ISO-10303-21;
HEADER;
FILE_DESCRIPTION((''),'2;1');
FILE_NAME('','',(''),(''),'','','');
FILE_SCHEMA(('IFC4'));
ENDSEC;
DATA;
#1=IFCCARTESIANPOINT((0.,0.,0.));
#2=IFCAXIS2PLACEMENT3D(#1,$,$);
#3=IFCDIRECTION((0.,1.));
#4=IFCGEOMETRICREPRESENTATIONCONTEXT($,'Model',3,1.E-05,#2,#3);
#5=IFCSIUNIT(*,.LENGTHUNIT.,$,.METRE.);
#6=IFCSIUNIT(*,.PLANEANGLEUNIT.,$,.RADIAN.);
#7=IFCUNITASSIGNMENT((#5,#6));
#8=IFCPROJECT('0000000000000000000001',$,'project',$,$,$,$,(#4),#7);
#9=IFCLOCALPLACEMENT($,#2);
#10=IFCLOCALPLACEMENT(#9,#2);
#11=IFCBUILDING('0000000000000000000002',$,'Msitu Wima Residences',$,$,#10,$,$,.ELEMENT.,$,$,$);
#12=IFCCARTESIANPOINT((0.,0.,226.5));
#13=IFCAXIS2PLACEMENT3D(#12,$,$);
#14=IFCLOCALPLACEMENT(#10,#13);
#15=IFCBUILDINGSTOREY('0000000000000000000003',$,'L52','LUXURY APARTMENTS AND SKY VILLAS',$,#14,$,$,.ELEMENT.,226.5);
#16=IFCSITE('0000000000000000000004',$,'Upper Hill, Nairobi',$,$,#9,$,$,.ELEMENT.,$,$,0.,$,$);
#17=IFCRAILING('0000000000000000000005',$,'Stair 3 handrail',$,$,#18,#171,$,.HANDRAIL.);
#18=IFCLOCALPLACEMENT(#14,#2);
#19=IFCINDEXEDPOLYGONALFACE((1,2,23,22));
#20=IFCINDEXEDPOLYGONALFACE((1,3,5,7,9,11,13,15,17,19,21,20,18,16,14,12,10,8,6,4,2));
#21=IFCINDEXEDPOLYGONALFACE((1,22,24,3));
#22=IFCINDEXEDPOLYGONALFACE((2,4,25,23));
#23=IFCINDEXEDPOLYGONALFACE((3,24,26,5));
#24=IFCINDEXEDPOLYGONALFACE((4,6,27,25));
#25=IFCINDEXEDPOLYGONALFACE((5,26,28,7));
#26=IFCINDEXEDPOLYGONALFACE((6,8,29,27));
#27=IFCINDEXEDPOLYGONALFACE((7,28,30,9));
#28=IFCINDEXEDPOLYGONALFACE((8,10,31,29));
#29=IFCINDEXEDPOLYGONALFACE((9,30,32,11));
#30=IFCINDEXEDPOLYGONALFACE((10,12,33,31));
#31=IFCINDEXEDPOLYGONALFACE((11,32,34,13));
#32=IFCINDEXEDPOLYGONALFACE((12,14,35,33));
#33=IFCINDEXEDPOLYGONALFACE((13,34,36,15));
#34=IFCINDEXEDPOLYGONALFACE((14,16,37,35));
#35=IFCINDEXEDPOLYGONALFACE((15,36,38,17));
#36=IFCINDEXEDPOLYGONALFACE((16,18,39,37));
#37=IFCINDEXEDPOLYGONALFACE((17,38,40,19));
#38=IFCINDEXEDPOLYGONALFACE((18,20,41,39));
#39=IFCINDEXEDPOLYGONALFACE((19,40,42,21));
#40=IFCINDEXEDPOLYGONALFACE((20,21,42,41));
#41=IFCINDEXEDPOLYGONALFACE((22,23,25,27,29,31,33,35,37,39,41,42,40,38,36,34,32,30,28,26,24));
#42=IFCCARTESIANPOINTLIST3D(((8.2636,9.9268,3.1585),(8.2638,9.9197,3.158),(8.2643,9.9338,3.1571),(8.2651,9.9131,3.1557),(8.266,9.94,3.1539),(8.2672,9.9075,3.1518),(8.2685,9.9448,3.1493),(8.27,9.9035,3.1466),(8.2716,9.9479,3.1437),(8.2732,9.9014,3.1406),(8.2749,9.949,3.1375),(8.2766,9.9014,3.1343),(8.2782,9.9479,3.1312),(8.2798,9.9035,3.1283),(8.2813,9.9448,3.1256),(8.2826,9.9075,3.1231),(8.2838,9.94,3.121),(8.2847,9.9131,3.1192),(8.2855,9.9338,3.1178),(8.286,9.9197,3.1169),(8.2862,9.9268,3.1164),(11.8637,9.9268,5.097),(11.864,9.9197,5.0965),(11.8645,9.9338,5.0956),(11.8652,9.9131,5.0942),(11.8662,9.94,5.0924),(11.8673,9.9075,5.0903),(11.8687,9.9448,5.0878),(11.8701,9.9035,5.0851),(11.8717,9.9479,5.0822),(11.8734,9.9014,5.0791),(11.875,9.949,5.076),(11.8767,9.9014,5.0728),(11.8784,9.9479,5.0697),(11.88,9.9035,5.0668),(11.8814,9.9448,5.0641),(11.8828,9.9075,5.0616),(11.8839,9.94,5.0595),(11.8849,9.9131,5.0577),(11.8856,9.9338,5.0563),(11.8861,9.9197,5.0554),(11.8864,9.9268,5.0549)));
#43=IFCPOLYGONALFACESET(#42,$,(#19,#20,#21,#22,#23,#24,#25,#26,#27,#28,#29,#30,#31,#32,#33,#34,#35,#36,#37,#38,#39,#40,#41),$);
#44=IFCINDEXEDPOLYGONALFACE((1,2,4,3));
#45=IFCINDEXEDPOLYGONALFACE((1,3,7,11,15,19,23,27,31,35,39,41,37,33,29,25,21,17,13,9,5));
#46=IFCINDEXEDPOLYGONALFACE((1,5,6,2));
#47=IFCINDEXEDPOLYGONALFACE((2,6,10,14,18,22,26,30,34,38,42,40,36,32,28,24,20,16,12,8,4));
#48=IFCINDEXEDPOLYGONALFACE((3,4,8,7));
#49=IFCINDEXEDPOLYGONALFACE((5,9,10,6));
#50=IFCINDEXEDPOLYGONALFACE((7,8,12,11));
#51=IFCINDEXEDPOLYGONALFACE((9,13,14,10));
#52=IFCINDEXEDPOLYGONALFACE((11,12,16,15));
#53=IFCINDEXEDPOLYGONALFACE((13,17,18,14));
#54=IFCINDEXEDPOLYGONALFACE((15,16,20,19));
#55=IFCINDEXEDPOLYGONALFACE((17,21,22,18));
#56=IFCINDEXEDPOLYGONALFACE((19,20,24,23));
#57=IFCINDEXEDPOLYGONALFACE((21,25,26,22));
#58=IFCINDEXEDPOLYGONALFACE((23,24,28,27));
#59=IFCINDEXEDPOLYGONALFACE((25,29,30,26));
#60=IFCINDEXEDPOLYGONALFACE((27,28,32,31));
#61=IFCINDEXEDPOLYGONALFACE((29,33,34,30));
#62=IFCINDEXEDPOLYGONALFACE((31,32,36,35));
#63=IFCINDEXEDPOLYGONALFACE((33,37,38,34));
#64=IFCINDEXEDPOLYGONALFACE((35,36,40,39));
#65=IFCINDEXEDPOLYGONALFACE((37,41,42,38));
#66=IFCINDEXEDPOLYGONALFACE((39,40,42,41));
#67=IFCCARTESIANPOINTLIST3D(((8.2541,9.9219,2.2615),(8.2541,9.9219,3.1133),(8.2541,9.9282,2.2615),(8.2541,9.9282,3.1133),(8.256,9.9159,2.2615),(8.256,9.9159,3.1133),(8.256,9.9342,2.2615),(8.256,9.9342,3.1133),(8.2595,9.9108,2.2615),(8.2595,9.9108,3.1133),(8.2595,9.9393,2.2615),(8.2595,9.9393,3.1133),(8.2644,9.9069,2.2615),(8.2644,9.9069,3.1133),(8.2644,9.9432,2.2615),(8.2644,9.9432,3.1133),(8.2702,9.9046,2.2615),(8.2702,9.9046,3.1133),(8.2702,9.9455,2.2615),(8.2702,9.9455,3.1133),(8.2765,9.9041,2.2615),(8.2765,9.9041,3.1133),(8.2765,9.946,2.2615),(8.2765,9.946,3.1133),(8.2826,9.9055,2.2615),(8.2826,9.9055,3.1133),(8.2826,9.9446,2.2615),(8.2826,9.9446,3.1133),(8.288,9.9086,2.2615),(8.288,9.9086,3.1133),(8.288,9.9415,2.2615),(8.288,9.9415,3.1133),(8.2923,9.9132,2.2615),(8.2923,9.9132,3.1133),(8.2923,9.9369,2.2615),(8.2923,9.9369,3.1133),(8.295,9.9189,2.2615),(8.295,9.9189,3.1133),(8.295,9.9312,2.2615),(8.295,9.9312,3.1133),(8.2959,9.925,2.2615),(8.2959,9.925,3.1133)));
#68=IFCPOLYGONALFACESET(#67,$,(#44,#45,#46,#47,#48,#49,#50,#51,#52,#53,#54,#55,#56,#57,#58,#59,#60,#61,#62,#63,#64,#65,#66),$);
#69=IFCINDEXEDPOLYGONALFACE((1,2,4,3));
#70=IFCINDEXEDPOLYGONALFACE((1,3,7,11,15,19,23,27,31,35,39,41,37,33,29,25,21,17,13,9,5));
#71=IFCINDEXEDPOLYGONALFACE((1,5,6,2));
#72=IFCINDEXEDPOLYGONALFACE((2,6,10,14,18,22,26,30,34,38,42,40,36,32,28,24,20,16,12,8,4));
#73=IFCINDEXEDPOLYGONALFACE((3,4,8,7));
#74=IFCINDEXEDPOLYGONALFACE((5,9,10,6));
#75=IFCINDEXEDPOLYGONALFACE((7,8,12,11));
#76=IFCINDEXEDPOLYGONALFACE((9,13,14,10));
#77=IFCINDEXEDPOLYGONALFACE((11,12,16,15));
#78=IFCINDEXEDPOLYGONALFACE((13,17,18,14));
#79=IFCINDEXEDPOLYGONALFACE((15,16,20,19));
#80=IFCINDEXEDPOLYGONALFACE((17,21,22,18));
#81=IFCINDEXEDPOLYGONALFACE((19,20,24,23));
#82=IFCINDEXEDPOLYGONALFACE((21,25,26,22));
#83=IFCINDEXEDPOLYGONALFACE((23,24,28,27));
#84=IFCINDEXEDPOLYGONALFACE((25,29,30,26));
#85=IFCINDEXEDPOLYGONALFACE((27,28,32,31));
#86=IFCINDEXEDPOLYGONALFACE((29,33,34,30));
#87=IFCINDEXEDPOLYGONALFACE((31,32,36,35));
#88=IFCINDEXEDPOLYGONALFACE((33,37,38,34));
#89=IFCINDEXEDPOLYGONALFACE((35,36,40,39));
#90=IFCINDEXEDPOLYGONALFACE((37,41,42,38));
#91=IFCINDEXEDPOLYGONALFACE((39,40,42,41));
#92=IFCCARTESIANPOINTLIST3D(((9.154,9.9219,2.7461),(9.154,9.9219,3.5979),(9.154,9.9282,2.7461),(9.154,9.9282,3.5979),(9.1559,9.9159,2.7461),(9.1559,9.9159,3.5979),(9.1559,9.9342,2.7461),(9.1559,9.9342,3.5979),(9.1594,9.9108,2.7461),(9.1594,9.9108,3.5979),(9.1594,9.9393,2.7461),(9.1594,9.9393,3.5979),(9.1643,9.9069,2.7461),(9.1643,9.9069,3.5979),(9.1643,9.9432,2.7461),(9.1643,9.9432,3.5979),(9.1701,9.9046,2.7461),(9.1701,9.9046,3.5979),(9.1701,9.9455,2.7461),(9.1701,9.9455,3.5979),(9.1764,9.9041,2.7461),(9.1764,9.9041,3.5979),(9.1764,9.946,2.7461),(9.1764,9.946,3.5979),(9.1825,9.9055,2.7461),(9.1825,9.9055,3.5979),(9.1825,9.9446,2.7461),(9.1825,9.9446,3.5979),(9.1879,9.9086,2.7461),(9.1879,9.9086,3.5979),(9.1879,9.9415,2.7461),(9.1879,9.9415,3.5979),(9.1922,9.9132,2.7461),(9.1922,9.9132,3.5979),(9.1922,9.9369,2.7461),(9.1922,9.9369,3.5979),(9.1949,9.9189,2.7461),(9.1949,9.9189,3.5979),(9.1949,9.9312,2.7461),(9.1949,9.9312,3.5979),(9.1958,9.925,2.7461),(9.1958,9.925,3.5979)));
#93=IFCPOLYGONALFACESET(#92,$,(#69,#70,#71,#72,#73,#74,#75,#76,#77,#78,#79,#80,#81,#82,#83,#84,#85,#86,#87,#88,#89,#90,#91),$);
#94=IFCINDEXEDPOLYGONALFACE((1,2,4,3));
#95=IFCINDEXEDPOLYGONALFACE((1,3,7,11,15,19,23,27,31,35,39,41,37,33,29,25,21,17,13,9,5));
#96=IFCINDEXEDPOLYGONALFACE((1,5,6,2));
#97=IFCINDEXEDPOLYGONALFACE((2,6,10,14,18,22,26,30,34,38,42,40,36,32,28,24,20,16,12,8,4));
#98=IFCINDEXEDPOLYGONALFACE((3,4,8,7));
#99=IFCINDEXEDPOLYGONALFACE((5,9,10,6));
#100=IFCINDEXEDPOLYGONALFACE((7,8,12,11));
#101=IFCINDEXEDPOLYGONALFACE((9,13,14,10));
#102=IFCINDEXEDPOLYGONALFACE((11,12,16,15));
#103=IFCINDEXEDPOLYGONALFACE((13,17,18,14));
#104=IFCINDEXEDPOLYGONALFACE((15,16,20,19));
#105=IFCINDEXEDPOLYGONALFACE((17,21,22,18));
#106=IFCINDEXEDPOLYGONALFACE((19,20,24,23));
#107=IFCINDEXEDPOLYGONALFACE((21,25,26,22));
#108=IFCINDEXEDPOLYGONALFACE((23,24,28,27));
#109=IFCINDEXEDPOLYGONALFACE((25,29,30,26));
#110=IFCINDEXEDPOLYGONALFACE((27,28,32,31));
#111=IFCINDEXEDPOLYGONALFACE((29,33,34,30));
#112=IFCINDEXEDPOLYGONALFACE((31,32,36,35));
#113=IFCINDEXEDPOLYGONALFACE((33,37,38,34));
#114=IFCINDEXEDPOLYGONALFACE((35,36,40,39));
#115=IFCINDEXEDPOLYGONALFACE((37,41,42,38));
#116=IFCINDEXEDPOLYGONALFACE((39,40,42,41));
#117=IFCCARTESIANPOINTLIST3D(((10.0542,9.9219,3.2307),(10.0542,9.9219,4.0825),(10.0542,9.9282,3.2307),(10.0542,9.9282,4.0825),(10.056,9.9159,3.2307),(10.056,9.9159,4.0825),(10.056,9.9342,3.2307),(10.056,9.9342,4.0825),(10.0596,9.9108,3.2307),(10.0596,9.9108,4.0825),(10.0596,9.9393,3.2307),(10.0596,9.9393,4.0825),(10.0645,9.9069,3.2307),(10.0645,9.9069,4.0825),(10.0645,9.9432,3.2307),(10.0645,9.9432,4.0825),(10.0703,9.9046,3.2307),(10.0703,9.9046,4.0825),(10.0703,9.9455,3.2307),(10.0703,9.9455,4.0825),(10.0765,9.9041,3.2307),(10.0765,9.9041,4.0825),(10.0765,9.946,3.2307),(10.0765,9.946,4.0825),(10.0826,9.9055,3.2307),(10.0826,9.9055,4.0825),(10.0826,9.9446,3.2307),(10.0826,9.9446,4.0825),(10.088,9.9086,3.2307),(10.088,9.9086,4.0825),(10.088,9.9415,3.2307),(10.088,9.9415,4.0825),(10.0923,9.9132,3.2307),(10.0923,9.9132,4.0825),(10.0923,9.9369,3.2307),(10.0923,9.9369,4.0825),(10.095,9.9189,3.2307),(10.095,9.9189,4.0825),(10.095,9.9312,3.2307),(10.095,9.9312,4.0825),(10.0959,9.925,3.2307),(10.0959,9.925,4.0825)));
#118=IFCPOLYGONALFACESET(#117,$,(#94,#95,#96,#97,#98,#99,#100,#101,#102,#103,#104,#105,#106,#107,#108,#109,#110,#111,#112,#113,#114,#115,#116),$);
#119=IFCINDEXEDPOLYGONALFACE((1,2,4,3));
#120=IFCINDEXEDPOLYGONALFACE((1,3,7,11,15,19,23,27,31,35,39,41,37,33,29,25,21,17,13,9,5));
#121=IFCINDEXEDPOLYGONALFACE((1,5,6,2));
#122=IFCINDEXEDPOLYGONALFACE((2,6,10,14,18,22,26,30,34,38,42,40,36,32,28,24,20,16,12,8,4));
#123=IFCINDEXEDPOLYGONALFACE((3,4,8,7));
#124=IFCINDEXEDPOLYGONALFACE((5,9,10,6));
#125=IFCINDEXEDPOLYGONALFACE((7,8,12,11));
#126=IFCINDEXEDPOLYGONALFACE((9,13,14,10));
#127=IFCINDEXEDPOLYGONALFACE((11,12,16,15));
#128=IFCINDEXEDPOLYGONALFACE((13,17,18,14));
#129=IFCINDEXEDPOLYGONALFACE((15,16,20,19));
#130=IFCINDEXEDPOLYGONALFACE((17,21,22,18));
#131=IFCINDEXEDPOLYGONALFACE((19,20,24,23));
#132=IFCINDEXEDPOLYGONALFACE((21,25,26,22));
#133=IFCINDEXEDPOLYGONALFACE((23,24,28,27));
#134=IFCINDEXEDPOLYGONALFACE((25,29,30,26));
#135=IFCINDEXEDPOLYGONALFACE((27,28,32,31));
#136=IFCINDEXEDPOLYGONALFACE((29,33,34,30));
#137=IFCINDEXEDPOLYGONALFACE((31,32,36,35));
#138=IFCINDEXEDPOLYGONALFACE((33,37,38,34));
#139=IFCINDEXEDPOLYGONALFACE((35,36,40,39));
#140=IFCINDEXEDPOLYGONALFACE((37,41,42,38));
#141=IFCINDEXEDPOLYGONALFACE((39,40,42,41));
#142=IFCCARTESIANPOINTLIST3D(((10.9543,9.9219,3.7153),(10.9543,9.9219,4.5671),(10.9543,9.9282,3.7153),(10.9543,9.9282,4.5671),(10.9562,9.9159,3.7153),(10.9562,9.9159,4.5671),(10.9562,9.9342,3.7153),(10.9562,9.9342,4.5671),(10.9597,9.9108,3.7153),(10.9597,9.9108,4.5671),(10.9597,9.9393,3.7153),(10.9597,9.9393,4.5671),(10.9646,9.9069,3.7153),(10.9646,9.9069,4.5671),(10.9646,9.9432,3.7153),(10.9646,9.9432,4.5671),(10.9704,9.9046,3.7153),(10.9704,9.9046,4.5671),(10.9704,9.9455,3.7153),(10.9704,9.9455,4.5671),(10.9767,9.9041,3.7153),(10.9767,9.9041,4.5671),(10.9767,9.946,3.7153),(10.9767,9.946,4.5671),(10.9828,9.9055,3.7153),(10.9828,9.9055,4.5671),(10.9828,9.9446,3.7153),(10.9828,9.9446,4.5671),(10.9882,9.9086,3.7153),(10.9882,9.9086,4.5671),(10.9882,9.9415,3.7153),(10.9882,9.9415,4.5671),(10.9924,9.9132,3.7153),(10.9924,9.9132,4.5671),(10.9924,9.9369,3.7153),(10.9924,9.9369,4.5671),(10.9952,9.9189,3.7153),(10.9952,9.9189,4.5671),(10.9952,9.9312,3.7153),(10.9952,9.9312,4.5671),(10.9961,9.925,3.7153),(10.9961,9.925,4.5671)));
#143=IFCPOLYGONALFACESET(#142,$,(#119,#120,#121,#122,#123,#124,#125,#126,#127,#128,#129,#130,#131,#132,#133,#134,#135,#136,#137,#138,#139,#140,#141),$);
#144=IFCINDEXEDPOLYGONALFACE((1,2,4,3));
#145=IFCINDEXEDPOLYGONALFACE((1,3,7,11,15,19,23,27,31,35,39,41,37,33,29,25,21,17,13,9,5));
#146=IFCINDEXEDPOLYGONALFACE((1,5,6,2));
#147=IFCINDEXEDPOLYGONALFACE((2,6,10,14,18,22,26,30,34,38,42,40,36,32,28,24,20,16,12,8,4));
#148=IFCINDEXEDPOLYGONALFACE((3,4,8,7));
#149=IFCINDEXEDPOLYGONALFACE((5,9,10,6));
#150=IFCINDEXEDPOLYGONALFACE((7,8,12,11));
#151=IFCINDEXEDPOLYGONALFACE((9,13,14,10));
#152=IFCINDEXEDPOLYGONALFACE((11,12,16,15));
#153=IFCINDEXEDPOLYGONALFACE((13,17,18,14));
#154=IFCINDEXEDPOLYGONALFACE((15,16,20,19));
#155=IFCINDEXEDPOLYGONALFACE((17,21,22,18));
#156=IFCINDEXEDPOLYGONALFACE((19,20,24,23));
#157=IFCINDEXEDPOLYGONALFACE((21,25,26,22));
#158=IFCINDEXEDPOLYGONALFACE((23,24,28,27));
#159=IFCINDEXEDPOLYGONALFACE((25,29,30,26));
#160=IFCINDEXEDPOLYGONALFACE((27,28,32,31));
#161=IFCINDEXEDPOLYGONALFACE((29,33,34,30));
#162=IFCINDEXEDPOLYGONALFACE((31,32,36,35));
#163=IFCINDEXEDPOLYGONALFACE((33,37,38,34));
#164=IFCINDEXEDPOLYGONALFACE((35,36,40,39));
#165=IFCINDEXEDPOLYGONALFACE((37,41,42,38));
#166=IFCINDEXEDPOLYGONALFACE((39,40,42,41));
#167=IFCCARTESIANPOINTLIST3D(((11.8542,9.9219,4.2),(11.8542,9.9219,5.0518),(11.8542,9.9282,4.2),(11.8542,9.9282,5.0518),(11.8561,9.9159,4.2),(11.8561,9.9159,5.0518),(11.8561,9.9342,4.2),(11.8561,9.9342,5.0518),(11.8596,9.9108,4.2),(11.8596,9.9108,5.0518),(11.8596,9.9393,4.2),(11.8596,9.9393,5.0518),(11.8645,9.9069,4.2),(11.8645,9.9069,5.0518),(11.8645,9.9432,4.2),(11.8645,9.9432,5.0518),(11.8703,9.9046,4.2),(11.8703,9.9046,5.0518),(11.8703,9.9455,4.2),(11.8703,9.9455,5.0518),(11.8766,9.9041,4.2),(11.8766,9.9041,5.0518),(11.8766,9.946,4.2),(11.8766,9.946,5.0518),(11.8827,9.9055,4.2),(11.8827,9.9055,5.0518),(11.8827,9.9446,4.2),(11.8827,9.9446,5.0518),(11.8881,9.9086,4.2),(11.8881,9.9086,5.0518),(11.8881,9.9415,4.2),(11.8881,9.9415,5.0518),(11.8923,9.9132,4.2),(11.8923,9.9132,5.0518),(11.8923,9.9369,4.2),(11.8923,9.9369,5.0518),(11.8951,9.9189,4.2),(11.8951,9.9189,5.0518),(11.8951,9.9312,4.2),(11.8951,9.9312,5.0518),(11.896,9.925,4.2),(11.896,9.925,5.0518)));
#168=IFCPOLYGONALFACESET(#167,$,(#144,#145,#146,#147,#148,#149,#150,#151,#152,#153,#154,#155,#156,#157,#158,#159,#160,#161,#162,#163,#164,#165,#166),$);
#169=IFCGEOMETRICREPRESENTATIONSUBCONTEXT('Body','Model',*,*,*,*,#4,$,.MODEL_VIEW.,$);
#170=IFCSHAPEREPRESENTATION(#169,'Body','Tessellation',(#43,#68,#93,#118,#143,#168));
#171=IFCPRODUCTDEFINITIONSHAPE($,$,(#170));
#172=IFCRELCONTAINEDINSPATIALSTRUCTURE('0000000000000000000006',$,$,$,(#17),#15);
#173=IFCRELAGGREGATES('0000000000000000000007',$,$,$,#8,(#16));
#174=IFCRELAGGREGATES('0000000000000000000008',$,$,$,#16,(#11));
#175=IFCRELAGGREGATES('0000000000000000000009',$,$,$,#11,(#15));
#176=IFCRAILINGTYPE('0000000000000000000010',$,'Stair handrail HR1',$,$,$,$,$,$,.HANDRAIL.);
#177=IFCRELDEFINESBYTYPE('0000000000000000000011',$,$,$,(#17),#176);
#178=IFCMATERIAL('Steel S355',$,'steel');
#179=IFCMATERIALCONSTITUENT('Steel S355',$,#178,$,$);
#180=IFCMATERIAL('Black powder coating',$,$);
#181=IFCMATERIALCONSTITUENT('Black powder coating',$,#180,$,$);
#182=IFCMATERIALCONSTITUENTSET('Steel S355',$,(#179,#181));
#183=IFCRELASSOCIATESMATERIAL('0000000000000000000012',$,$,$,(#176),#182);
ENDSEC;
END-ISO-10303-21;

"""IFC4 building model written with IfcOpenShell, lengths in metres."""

from ifc_helpers import new_model, si_unit, direction, frame, origin, origin_2d, place, context, subcontext, project, spatial, circle, extrude, material, constituent, constituent_set, type_object, element, save


model = new_model("IFC4")

# Units and contexts
model_context = context("Model", 3, precision=1e-05, world=origin(), true_north=direction((0.0, 1.0)))
body_context = subcontext(model_context, "Body", "Model", "MODEL_VIEW")
ifc_project = project(units=[si_unit("LENGTHUNIT", "METRE"), si_unit("PLANEANGLEUNIT", "RADIAN")], contexts=[model_context])

# Site, building, storey
site_placement = place(None, origin())
site = spatial("IfcSite", under=ifc_project, at=site_placement, Name="Upper Hill, Nairobi", CompositionType="ELEMENT", RefElevation=0.0)
building_placement = place(site_placement, origin())
building = spatial("IfcBuilding", under=site, at=building_placement, Name="Msitu Wima Residences", CompositionType="ELEMENT")
storey_placement = place(building_placement, frame((0.0, 0.0, 226.5)))
storey = spatial("IfcBuildingStorey", under=building, at=storey_placement, Name="L52", Description="LUXURY APARTMENTS AND SKY VILLAS", CompositionType="ELEMENT", Elevation=226.5)

# Railing
ifc_material_1 = material(Name="Steel S355", Category="steel")
ifc_constituent_1 = constituent(ifc_material_1, Name="Steel S355")
ifc_material_2 = material(Name="Black powder coating")
ifc_constituent_2 = constituent(ifc_material_2, Name="Black powder coating")
ifc_constituent_set = constituent_set(constituents=[ifc_constituent_1, ifc_constituent_2], Name="Steel S355")
railing_type = type_object("IfcRailingType", Name="Stair handrail HR1", PredefinedType="HANDRAIL", material=ifc_constituent_set)
for number, where, name in (
    (1, (8.2749, 9.925, 2.2615), "Stair 3 handrail"),
):
    element("IfcRailing", number, at=place(storey_placement, frame(where)), inside=storey, type_object=railing_type, Name=name, PredefinedType="HANDRAIL", context=body_context, shape_type="SweptSolid", body=[
        extrude(circle(Radius=0.0239, at=origin_2d()), frame((0.0, 0.0, 0.876), z_axis=(0.880475, 0.0, 0.474093), x_axis=(0.0, 1.0, 0.0)), (0.0, 0.0, 1.0), 4.0889),
        extrude(circle(Radius=0.021, at=origin_2d()), origin(), (0.0, 0.0, 1.0), 0.8518),
        extrude(circle(Radius=0.021, at=origin_2d()), frame((0.8999, 0.0, 0.4846)), (0.0, 0.0, 1.0), 0.8518),
        extrude(circle(Radius=0.021, at=origin_2d()), frame((1.8, 0.0, 0.9692)), (0.0, 0.0, 1.0), 0.8518),
        extrude(circle(Radius=0.021, at=origin_2d()), frame((2.7002, 0.0, 1.4539)), (0.0, 0.0, 1.0), 0.8518),
        extrude(circle(Radius=0.021, at=origin_2d()), frame((3.6001, 0.0, 1.9385)), (0.0, 0.0, 1.0), 0.8518),
    ])

save(model, "model.ifc")
